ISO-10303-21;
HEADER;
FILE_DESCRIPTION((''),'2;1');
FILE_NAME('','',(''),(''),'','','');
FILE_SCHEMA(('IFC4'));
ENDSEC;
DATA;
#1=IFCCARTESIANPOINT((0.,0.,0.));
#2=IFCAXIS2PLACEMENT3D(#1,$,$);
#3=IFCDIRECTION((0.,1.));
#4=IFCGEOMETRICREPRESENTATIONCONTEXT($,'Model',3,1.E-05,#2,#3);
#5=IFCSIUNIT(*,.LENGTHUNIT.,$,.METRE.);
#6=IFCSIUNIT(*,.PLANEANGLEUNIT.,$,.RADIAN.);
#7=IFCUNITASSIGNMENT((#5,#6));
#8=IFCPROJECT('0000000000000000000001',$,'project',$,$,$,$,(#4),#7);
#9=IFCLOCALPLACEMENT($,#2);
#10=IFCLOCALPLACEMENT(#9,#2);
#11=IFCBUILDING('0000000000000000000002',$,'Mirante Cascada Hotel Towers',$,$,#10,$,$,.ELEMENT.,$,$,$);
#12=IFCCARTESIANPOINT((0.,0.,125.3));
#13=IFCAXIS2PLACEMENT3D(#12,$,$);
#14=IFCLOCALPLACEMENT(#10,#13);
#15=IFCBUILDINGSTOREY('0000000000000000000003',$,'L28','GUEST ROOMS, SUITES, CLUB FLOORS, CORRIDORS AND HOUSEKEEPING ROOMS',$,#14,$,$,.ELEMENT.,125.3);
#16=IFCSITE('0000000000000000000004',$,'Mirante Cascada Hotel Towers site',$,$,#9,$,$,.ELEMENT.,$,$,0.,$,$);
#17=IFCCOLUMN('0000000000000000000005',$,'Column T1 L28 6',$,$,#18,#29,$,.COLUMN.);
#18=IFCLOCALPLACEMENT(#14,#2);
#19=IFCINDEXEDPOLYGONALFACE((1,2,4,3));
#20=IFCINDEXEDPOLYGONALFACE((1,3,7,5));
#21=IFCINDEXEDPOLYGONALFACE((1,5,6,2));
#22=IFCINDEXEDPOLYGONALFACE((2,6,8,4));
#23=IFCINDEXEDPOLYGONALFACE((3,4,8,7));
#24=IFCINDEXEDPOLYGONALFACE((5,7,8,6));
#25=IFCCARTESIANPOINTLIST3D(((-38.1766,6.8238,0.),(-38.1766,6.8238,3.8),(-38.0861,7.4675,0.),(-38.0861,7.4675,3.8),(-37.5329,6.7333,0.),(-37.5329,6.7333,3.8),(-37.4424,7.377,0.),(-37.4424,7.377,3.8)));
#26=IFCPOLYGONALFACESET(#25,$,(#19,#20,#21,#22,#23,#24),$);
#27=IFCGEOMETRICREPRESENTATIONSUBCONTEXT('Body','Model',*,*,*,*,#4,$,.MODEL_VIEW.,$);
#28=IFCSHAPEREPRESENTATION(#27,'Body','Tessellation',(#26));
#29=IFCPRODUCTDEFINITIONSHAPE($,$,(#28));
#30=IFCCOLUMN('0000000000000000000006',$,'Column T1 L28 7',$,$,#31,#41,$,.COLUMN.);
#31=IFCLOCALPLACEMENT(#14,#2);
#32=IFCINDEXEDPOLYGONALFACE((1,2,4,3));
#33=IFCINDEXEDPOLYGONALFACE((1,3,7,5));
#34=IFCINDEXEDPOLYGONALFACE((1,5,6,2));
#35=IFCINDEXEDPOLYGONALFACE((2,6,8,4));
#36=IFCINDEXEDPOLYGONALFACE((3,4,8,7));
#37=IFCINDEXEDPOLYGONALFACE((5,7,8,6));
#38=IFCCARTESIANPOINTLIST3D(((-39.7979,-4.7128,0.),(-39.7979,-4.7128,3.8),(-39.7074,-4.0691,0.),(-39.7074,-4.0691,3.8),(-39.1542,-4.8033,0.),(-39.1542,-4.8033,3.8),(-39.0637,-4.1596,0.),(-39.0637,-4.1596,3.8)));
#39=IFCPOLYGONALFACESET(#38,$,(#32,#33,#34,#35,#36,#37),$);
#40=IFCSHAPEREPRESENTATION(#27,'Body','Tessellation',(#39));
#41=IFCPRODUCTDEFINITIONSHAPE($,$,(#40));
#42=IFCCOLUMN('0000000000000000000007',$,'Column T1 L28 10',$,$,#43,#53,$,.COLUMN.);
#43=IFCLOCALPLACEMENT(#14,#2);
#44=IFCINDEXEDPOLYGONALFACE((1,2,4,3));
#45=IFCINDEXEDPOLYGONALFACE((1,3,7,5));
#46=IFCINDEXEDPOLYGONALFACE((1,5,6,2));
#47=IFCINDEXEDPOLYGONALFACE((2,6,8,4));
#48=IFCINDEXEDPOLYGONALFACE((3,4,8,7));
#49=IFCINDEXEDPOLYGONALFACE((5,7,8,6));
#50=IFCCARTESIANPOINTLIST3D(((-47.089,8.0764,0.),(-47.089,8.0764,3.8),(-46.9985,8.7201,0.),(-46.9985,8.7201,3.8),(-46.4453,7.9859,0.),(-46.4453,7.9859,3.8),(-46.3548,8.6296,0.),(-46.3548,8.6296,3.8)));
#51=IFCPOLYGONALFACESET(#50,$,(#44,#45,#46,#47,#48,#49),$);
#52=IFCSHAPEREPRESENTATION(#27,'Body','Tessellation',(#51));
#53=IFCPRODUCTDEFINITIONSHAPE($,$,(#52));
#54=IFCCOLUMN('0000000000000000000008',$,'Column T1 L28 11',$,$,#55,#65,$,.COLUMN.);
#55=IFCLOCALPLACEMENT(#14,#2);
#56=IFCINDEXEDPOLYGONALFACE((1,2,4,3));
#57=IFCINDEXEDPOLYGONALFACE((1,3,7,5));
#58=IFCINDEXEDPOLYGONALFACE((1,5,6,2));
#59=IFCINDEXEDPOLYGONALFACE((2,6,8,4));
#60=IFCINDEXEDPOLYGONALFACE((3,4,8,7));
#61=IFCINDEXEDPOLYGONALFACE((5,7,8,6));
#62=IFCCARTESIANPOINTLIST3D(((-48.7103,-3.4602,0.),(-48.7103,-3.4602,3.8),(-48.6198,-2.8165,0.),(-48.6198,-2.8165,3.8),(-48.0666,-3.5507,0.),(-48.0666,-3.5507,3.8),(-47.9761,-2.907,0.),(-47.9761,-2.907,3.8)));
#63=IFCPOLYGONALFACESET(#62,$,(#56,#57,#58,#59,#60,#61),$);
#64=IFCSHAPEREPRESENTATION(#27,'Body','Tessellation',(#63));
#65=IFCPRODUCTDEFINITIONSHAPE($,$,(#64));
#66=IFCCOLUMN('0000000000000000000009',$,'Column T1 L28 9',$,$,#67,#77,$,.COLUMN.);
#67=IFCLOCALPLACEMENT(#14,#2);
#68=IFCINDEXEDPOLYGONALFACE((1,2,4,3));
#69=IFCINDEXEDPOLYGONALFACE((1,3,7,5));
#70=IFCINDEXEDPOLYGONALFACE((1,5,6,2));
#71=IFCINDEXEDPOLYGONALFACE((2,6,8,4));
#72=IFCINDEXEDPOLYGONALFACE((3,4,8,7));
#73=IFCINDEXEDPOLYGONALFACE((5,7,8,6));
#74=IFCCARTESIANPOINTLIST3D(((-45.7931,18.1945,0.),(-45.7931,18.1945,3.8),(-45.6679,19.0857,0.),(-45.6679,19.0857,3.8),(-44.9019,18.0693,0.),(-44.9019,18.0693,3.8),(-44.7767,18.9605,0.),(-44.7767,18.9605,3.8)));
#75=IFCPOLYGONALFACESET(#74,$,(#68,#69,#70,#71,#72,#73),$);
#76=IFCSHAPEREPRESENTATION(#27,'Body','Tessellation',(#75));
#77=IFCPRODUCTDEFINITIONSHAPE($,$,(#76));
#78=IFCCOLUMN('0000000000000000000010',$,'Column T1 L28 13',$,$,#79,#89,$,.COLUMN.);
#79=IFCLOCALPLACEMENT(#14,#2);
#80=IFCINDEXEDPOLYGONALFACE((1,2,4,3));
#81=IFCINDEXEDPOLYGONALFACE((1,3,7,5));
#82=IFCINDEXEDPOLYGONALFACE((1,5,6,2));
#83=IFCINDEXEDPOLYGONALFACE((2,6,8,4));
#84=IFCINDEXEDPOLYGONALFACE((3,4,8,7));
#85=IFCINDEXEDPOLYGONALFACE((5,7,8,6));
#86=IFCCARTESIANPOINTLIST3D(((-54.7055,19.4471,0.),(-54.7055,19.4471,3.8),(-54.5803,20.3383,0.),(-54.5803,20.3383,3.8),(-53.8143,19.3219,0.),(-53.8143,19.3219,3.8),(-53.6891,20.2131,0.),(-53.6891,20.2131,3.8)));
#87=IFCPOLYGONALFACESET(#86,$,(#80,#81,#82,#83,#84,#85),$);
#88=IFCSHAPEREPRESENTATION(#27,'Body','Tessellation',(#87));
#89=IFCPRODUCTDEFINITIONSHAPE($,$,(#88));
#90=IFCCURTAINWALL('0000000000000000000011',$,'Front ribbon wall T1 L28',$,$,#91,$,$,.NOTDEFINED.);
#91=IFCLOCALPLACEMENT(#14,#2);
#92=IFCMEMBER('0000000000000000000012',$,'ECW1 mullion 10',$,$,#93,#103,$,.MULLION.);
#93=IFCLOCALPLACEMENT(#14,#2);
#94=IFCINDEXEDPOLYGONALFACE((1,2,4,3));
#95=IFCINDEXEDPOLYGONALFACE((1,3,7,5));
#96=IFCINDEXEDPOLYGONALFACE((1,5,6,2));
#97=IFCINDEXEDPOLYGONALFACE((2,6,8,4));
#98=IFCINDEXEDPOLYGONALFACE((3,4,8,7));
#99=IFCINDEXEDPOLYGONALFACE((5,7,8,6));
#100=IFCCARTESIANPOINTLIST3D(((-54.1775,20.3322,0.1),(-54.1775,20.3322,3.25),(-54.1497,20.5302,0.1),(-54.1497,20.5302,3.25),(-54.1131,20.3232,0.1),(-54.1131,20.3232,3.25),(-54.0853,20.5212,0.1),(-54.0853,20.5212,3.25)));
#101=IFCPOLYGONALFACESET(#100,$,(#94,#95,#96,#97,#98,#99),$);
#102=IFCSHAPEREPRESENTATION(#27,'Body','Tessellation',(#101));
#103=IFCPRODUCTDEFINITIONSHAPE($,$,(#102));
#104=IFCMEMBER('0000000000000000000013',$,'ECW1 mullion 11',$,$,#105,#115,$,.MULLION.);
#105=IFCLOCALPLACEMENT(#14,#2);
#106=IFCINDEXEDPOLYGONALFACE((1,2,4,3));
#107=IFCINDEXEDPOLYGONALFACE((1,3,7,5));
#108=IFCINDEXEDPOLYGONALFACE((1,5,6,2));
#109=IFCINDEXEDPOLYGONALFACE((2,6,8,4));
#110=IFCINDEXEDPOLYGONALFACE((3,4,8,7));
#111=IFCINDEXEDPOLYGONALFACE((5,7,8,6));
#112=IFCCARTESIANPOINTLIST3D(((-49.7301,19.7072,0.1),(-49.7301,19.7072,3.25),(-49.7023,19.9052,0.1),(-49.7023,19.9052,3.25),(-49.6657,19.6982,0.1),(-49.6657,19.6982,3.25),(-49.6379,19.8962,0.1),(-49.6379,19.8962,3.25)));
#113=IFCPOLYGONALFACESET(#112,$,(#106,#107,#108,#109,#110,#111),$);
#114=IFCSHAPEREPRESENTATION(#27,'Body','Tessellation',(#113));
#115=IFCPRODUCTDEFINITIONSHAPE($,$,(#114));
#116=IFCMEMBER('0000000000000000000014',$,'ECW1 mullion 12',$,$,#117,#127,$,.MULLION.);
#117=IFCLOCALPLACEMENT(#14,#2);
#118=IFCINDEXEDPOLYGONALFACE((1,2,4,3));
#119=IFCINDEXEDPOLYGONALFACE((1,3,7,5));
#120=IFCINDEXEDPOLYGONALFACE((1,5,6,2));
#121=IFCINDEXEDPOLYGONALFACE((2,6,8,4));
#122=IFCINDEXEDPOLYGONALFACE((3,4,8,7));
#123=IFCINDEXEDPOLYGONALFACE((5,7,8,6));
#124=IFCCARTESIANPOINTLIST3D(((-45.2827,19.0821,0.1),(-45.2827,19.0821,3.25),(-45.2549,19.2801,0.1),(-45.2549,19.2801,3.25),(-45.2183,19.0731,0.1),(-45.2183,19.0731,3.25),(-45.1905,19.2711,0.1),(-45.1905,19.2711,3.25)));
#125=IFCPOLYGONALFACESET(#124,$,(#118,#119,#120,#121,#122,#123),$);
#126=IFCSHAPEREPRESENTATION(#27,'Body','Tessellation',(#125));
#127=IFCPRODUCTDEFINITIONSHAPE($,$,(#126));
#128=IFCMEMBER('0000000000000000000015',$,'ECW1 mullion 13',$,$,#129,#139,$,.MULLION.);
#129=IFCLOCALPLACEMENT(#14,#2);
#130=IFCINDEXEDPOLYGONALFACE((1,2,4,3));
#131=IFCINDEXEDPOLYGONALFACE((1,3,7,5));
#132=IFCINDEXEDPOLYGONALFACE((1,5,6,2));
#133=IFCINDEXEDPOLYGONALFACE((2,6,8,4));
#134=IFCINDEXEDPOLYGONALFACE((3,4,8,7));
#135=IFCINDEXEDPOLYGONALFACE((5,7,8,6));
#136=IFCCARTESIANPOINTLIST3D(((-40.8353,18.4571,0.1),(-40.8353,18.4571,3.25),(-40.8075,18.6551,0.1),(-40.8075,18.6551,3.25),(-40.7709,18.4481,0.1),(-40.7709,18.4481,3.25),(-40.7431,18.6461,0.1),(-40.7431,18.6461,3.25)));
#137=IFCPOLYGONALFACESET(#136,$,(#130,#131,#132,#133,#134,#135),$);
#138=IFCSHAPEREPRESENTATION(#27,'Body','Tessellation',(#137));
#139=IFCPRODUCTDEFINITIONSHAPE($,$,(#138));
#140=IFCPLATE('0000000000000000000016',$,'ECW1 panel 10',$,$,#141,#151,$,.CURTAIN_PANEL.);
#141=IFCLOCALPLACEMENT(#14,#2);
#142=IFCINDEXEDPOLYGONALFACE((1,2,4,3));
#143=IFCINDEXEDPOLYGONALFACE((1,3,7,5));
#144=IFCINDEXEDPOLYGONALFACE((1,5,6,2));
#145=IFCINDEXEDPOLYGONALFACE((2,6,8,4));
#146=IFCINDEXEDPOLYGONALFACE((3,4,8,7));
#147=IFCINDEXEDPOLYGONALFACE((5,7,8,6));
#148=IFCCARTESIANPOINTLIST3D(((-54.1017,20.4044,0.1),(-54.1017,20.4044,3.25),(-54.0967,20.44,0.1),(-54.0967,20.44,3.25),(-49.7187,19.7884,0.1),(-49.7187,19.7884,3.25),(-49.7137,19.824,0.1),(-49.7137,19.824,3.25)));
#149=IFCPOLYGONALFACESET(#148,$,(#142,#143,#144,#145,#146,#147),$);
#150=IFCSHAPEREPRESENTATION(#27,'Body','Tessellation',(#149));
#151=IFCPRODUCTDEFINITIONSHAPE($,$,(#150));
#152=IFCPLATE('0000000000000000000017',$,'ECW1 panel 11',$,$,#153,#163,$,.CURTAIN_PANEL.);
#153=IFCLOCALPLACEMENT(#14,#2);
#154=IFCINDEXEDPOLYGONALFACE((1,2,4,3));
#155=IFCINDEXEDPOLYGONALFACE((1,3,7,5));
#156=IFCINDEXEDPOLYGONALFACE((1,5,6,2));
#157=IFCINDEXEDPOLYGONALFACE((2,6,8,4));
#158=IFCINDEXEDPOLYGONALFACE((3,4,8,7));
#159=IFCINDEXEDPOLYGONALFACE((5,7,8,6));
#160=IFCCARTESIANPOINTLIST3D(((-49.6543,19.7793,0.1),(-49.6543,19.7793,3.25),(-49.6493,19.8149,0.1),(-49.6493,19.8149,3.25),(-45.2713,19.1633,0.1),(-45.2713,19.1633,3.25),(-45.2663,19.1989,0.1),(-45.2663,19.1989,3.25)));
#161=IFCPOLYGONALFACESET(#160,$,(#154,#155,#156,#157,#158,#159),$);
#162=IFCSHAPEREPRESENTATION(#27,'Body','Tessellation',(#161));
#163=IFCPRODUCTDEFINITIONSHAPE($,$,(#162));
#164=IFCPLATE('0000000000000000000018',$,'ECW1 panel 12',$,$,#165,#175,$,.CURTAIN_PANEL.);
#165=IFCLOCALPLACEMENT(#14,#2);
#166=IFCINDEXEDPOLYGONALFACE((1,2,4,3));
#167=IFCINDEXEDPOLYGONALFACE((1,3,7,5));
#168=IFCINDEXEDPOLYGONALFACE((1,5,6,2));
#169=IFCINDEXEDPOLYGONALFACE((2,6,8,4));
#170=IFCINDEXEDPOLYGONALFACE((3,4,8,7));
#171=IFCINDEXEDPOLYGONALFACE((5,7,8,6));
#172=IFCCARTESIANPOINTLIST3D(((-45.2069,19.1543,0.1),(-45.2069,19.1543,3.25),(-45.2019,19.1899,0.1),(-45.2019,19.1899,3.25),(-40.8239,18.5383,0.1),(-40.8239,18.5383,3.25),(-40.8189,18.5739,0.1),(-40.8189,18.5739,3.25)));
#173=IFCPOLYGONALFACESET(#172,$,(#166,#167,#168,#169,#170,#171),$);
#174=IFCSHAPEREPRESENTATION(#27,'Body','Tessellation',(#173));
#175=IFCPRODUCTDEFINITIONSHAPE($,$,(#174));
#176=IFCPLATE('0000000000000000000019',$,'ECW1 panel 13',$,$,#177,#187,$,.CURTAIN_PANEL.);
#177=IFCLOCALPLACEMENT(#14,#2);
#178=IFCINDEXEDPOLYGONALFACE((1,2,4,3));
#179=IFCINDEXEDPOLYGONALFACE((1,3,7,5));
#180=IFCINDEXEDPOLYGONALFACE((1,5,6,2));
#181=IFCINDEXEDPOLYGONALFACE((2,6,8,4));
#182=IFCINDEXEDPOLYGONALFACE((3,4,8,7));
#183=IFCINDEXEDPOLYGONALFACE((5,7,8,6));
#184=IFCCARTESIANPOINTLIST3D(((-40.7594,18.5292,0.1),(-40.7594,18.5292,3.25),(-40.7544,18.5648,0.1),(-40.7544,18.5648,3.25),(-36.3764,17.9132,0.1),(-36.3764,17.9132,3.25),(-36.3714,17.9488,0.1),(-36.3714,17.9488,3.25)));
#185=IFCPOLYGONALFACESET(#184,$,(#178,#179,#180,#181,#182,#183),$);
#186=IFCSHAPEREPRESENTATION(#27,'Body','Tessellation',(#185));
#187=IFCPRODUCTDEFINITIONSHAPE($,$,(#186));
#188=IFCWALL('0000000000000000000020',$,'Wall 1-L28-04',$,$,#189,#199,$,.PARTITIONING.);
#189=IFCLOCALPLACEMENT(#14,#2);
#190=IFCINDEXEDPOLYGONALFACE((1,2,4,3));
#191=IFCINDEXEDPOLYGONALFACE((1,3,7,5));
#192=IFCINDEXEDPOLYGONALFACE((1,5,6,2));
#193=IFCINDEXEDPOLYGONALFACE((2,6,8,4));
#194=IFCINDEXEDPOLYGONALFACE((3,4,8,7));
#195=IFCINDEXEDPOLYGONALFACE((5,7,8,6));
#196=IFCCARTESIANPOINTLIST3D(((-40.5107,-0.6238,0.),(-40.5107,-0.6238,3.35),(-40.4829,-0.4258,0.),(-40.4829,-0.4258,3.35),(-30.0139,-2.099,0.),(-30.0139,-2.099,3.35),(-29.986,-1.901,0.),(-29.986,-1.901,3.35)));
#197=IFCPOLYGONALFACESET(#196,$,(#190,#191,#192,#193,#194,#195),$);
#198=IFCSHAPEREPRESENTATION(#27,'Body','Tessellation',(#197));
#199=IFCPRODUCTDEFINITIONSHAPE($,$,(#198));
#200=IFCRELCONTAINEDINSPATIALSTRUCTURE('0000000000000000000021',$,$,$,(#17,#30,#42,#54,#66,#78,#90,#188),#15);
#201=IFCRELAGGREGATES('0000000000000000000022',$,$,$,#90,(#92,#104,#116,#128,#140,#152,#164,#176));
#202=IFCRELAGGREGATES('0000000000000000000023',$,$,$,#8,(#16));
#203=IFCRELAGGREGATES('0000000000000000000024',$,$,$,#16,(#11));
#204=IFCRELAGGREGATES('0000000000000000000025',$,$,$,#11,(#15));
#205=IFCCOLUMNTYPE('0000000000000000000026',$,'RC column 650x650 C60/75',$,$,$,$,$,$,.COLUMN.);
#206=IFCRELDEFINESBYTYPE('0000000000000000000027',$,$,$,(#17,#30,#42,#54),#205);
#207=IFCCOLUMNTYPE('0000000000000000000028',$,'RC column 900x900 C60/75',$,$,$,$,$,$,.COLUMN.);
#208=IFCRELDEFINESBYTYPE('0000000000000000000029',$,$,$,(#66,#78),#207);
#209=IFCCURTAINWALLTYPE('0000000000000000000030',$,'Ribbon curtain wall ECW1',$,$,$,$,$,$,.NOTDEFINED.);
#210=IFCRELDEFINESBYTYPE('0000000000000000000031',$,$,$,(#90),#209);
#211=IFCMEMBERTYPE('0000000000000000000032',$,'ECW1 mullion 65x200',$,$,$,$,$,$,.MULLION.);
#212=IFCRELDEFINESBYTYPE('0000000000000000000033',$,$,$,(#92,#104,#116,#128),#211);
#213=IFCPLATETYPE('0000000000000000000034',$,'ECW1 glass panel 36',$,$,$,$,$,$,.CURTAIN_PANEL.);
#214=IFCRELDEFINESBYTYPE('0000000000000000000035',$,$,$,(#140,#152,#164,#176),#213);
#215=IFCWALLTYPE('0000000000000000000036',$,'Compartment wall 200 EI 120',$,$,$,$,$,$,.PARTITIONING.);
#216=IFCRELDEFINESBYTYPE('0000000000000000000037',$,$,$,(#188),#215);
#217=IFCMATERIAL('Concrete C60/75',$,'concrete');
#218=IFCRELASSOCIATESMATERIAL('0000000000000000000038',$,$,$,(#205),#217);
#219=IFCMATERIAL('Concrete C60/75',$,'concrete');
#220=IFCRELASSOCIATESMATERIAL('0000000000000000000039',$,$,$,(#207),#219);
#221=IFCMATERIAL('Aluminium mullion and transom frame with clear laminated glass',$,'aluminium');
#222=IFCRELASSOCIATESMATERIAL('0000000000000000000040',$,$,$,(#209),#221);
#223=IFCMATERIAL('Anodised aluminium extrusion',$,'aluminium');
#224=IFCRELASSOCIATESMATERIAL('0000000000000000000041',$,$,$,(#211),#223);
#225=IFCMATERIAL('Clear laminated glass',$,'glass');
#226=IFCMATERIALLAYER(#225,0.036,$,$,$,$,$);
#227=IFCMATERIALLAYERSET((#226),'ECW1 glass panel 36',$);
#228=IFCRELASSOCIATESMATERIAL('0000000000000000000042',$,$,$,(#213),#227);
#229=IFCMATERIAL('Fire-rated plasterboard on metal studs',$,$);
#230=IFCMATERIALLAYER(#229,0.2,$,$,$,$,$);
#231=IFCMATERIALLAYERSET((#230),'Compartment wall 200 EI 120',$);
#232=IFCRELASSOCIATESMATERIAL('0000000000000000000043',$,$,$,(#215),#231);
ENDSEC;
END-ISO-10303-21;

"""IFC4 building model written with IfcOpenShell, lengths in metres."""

from ifc_helpers import new_model, si_unit, direction, frame, frame_2d, origin, origin_2d, place, context, subcontext, project, spatial, rectangle, extrude, material, layer, layer_set, material_profile, profile_set, type_object, element, aggregate, save


model = new_model("IFC4")

# Units and contexts
model_context = context("Model", 3, precision=1e-05, world=origin(), true_north=direction((0.0, 1.0)))
body_context = subcontext(model_context, "Body", "Model", "MODEL_VIEW")
ifc_project = project(units=[si_unit("LENGTHUNIT", "METRE"), si_unit("PLANEANGLEUNIT", "RADIAN")], contexts=[model_context])

# Site, building, storey
site_placement = place(None, origin())
site = spatial("IfcSite", under=ifc_project, at=site_placement, Name="Mirante Cascada Hotel Towers site", CompositionType="ELEMENT", RefElevation=0.0)
building_placement = place(site_placement, origin())
building = spatial("IfcBuilding", under=site, at=building_placement, Name="Mirante Cascada Hotel Towers", CompositionType="ELEMENT")
storey_placement = place(building_placement, frame((0.0, 0.0, 125.3)))
storey = spatial("IfcBuildingStorey", under=building, at=storey_placement, Name="L28", Description="GUEST ROOMS, SUITES, CLUB FLOORS, CORRIDORS AND HOUSEKEEPING ROOMS", CompositionType="ELEMENT", Elevation=125.3)

# Columns
ifc_material_1 = material(Name="Concrete C60/75", Category="concrete")
ifc_material_profile_1 = material_profile(ifc_material_1, rectangle(XDim=0.65, YDim=0.65, at=origin_2d()), Name="RC column 650x650 C60/75")
ifc_profile_set_1 = profile_set([ifc_material_profile_1], Name="Concrete C60/75")
column_type_1 = type_object("IfcColumnType", Name="RC column 650x650 C60/75", PredefinedType="COLUMN", material=ifc_profile_set_1)
for number, where, z_axis, x_axis, name in (
    (1, (-37.8095, 7.1004, 0.0), (0.0, 0.0, 1.0), (-0.990268, 0.139173, 0.0), "Column T1 L28 6"),
    (2, (-39.4308, -4.4362, 0.0), (0.0, 0.0, 1.0), (-0.990268, 0.139173, 0.0), "Column T1 L28 7"),
    (3, (-46.7219, 8.353, 0.0), (0.0, 0.0, 1.0), (-0.990268, 0.139173, 0.0), "Column T1 L28 10"),
    (4, (-48.3432, -3.1836, 0.0), (0.0, 0.0, 1.0), (-0.990268, 0.139173, 0.0), "Column T1 L28 11"),
):
    element("IfcColumn", number, at=place(storey_placement, frame(where, z_axis=z_axis, x_axis=x_axis)), inside=storey, type_object=column_type_1, Name=name, PredefinedType="COLUMN", context=body_context, shape_type="SweptSolid", body=[
        extrude(rectangle(XDim=0.65, YDim=0.65, at=origin_2d()), origin(), (0.0, 0.0, 1.0), 3.8),
    ])
ifc_material_2 = material(Name="Concrete C60/75", Category="concrete")
ifc_material_profile_2 = material_profile(ifc_material_2, rectangle(XDim=0.9, YDim=0.9, at=origin_2d()), Name="RC column 900x900 C60/75")
ifc_profile_set_2 = profile_set([ifc_material_profile_2], Name="Concrete C60/75")
column_type_2 = type_object("IfcColumnType", Name="RC column 900x900 C60/75", PredefinedType="COLUMN", material=ifc_profile_set_2)
for number, where, z_axis, x_axis, name in (
    (5, (-45.2849, 18.5775, 0.0), (0.0, 0.0, 1.0), (-0.990268, 0.139173, 0.0), "Column T1 L28 9"),
    (6, (-54.1973, 19.8301, 0.0), (0.0, 0.0, 1.0), (-0.990268, 0.139173, 0.0), "Column T1 L28 13"),
):
    element("IfcColumn", number, at=place(storey_placement, frame(where, z_axis=z_axis, x_axis=x_axis)), inside=storey, type_object=column_type_2, Name=name, PredefinedType="COLUMN", context=body_context, shape_type="SweptSolid", body=[
        extrude(rectangle(XDim=0.9, YDim=0.9, at=origin_2d()), origin(), (0.0, 0.0, 1.0), 3.8),
    ])

# Curtain wall, members, plates
ifc_material_3 = material(Name="Aluminium mullion and transom frame with clear laminated glass", Category="aluminium")
curtain_wall_type = type_object("IfcCurtainWallType", Name="Ribbon curtain wall ECW1", PredefinedType="NOTDEFINED", material=ifc_material_3)
curtain_wall_placement = place(storey_placement, origin())
curtain_wall = element("IfcCurtainWall", 7, at=curtain_wall_placement, inside=storey, type_object=curtain_wall_type, Name="Front ribbon wall T1 L28", PredefinedType="NOTDEFINED")
ifc_material_4 = material(Name="Anodised aluminium extrusion", Category="aluminium")
ifc_material_profile_3 = material_profile(ifc_material_4, rectangle(XDim=0.2, YDim=0.065, at=origin_2d()), Name="ECW1 MULLION 65x200")
ifc_profile_set_3 = profile_set([ifc_material_profile_3], Name="Anodised aluminium extrusion")
member_type = type_object("IfcMemberType", Name="ECW1 mullion 65x200", PredefinedType="MULLION", material=ifc_profile_set_3)
member_1_placement = place(storey_placement, frame((-54.1314, 20.4267, 0.1), z_axis=(0.0, 0.0, 1.0), x_axis=(0.139173, 0.990268, 0.0)))
member_1 = element("IfcMember", 8, at=member_1_placement, type_object=member_type, Name="ECW1 mullion 10", PredefinedType="MULLION", context=body_context, shape_type="SweptSolid", body=[
    extrude(rectangle(XDim=0.2, YDim=0.065, at=origin_2d()), origin(), (0.0, 0.0, 1.0), 3.15),
])
member_2_placement = place(storey_placement, frame((-49.684, 19.8017, 0.1), z_axis=(0.0, 0.0, 1.0), x_axis=(0.139173, 0.990268, 0.0)))
member_2 = element("IfcMember", 9, at=member_2_placement, type_object=member_type, Name="ECW1 mullion 11", PredefinedType="MULLION", context=body_context, shape_type="SweptSolid", body=[
    extrude(rectangle(XDim=0.2, YDim=0.065, at=origin_2d()), origin(), (0.0, 0.0, 1.0), 3.15),
])
member_3_placement = place(storey_placement, frame((-45.2366, 19.1766, 0.1), z_axis=(0.0, 0.0, 1.0), x_axis=(0.139173, 0.990268, 0.0)))
member_3 = element("IfcMember", 10, at=member_3_placement, type_object=member_type, Name="ECW1 mullion 12", PredefinedType="MULLION", context=body_context, shape_type="SweptSolid", body=[
    extrude(rectangle(XDim=0.2, YDim=0.065, at=origin_2d()), origin(), (0.0, 0.0, 1.0), 3.15),
])
member_4_placement = place(storey_placement, frame((-40.7892, 18.5516, 0.1), z_axis=(0.0, 0.0, 1.0), x_axis=(0.139173, 0.990268, 0.0)))
member_4 = element("IfcMember", 11, at=member_4_placement, type_object=member_type, Name="ECW1 mullion 13", PredefinedType="MULLION", context=body_context, shape_type="SweptSolid", body=[
    extrude(rectangle(XDim=0.2, YDim=0.065, at=origin_2d()), origin(), (0.0, 0.0, 1.0), 3.15),
])
ifc_material_5 = material(Name="Clear laminated glass", Category="glass")
ifc_layer_1 = layer(ifc_material_5, 0.036)
ifc_layer_set_1 = layer_set([ifc_layer_1], Name="ECW1 glass panel 36")
plate_type = type_object("IfcPlateType", Name="ECW1 glass panel 36", PredefinedType="CURTAIN_PANEL", material=ifc_layer_set_1)
plate_1_placement = place(storey_placement, frame((-51.9077, 20.1142, 0.1), z_axis=(0.0, 0.0, 1.0), x_axis=(0.990268, -0.139173, 0.0)))
plate_1 = element("IfcPlate", 12, at=plate_1_placement, type_object=plate_type, Name="ECW1 panel 10", PredefinedType="CURTAIN_PANEL", context=body_context, shape_type="SweptSolid", body=[
    extrude(rectangle(XDim=4.4261, YDim=0.036, at=origin_2d()), origin(), (0.0, 0.0, 1.0), 3.15),
])
plate_2_placement = place(storey_placement, frame((-47.4603, 19.4891, 0.1), z_axis=(0.0, 0.0, 1.0), x_axis=(0.990268, -0.139173, 0.0)))
plate_2 = element("IfcPlate", 13, at=plate_2_placement, type_object=plate_type, Name="ECW1 panel 11", PredefinedType="CURTAIN_PANEL", context=body_context, shape_type="SweptSolid", body=[
    extrude(rectangle(XDim=4.4261, YDim=0.036, at=origin_2d()), origin(), (0.0, 0.0, 1.0), 3.15),
])
plate_3_placement = place(storey_placement, frame((-43.0129, 18.8641, 0.1), z_axis=(0.0, 0.0, 1.0), x_axis=(0.990268, -0.139173, 0.0)))
plate_3 = element("IfcPlate", 14, at=plate_3_placement, type_object=plate_type, Name="ECW1 panel 12", PredefinedType="CURTAIN_PANEL", context=body_context, shape_type="SweptSolid", body=[
    extrude(rectangle(XDim=4.4261, YDim=0.036, at=origin_2d()), origin(), (0.0, 0.0, 1.0), 3.15),
])
plate_4_placement = place(storey_placement, frame((-38.5654, 18.239, 0.1), z_axis=(0.0, 0.0, 1.0), x_axis=(0.990268, -0.139173, 0.0)))
plate_4 = element("IfcPlate", 15, at=plate_4_placement, type_object=plate_type, Name="ECW1 panel 13", PredefinedType="CURTAIN_PANEL", context=body_context, shape_type="SweptSolid", body=[
    extrude(rectangle(XDim=4.4261, YDim=0.036, at=origin_2d()), origin(), (0.0, 0.0, 1.0), 3.15),
])
aggregate(curtain_wall, [member_1, member_2, member_3, member_4, plate_1, plate_2, plate_3, plate_4])

# Wall
ifc_material_6 = material(Name="Fire-rated plasterboard on metal studs")
ifc_layer_2 = layer(ifc_material_6, 0.2)
ifc_layer_set_2 = layer_set([ifc_layer_2], Name="Compartment wall 200 EI 120")
wall_type_1 = type_object("IfcWallType", Name="Compartment wall 200 EI 120", PredefinedType="PARTITIONING", material=ifc_layer_set_2)
wall_1_placement = place(storey_placement, frame((-40.4968, -0.5248, 0.0), z_axis=(0.0, 0.0, 1.0), x_axis=(0.990268, -0.13917, 0.0)))
element("IfcWall", 16, at=wall_1_placement, inside=storey, type_object=wall_type_1, Name="Wall 1-L28-04", PredefinedType="PARTITIONING", context=body_context, shape_type="SweptSolid", body=[
    extrude(rectangle(XDim=10.6, YDim=0.2, at=frame_2d((5.3, 0.0))), origin(), (0.0, 0.0, 1.0), 3.35),
])

save(model, "model.ifc")
